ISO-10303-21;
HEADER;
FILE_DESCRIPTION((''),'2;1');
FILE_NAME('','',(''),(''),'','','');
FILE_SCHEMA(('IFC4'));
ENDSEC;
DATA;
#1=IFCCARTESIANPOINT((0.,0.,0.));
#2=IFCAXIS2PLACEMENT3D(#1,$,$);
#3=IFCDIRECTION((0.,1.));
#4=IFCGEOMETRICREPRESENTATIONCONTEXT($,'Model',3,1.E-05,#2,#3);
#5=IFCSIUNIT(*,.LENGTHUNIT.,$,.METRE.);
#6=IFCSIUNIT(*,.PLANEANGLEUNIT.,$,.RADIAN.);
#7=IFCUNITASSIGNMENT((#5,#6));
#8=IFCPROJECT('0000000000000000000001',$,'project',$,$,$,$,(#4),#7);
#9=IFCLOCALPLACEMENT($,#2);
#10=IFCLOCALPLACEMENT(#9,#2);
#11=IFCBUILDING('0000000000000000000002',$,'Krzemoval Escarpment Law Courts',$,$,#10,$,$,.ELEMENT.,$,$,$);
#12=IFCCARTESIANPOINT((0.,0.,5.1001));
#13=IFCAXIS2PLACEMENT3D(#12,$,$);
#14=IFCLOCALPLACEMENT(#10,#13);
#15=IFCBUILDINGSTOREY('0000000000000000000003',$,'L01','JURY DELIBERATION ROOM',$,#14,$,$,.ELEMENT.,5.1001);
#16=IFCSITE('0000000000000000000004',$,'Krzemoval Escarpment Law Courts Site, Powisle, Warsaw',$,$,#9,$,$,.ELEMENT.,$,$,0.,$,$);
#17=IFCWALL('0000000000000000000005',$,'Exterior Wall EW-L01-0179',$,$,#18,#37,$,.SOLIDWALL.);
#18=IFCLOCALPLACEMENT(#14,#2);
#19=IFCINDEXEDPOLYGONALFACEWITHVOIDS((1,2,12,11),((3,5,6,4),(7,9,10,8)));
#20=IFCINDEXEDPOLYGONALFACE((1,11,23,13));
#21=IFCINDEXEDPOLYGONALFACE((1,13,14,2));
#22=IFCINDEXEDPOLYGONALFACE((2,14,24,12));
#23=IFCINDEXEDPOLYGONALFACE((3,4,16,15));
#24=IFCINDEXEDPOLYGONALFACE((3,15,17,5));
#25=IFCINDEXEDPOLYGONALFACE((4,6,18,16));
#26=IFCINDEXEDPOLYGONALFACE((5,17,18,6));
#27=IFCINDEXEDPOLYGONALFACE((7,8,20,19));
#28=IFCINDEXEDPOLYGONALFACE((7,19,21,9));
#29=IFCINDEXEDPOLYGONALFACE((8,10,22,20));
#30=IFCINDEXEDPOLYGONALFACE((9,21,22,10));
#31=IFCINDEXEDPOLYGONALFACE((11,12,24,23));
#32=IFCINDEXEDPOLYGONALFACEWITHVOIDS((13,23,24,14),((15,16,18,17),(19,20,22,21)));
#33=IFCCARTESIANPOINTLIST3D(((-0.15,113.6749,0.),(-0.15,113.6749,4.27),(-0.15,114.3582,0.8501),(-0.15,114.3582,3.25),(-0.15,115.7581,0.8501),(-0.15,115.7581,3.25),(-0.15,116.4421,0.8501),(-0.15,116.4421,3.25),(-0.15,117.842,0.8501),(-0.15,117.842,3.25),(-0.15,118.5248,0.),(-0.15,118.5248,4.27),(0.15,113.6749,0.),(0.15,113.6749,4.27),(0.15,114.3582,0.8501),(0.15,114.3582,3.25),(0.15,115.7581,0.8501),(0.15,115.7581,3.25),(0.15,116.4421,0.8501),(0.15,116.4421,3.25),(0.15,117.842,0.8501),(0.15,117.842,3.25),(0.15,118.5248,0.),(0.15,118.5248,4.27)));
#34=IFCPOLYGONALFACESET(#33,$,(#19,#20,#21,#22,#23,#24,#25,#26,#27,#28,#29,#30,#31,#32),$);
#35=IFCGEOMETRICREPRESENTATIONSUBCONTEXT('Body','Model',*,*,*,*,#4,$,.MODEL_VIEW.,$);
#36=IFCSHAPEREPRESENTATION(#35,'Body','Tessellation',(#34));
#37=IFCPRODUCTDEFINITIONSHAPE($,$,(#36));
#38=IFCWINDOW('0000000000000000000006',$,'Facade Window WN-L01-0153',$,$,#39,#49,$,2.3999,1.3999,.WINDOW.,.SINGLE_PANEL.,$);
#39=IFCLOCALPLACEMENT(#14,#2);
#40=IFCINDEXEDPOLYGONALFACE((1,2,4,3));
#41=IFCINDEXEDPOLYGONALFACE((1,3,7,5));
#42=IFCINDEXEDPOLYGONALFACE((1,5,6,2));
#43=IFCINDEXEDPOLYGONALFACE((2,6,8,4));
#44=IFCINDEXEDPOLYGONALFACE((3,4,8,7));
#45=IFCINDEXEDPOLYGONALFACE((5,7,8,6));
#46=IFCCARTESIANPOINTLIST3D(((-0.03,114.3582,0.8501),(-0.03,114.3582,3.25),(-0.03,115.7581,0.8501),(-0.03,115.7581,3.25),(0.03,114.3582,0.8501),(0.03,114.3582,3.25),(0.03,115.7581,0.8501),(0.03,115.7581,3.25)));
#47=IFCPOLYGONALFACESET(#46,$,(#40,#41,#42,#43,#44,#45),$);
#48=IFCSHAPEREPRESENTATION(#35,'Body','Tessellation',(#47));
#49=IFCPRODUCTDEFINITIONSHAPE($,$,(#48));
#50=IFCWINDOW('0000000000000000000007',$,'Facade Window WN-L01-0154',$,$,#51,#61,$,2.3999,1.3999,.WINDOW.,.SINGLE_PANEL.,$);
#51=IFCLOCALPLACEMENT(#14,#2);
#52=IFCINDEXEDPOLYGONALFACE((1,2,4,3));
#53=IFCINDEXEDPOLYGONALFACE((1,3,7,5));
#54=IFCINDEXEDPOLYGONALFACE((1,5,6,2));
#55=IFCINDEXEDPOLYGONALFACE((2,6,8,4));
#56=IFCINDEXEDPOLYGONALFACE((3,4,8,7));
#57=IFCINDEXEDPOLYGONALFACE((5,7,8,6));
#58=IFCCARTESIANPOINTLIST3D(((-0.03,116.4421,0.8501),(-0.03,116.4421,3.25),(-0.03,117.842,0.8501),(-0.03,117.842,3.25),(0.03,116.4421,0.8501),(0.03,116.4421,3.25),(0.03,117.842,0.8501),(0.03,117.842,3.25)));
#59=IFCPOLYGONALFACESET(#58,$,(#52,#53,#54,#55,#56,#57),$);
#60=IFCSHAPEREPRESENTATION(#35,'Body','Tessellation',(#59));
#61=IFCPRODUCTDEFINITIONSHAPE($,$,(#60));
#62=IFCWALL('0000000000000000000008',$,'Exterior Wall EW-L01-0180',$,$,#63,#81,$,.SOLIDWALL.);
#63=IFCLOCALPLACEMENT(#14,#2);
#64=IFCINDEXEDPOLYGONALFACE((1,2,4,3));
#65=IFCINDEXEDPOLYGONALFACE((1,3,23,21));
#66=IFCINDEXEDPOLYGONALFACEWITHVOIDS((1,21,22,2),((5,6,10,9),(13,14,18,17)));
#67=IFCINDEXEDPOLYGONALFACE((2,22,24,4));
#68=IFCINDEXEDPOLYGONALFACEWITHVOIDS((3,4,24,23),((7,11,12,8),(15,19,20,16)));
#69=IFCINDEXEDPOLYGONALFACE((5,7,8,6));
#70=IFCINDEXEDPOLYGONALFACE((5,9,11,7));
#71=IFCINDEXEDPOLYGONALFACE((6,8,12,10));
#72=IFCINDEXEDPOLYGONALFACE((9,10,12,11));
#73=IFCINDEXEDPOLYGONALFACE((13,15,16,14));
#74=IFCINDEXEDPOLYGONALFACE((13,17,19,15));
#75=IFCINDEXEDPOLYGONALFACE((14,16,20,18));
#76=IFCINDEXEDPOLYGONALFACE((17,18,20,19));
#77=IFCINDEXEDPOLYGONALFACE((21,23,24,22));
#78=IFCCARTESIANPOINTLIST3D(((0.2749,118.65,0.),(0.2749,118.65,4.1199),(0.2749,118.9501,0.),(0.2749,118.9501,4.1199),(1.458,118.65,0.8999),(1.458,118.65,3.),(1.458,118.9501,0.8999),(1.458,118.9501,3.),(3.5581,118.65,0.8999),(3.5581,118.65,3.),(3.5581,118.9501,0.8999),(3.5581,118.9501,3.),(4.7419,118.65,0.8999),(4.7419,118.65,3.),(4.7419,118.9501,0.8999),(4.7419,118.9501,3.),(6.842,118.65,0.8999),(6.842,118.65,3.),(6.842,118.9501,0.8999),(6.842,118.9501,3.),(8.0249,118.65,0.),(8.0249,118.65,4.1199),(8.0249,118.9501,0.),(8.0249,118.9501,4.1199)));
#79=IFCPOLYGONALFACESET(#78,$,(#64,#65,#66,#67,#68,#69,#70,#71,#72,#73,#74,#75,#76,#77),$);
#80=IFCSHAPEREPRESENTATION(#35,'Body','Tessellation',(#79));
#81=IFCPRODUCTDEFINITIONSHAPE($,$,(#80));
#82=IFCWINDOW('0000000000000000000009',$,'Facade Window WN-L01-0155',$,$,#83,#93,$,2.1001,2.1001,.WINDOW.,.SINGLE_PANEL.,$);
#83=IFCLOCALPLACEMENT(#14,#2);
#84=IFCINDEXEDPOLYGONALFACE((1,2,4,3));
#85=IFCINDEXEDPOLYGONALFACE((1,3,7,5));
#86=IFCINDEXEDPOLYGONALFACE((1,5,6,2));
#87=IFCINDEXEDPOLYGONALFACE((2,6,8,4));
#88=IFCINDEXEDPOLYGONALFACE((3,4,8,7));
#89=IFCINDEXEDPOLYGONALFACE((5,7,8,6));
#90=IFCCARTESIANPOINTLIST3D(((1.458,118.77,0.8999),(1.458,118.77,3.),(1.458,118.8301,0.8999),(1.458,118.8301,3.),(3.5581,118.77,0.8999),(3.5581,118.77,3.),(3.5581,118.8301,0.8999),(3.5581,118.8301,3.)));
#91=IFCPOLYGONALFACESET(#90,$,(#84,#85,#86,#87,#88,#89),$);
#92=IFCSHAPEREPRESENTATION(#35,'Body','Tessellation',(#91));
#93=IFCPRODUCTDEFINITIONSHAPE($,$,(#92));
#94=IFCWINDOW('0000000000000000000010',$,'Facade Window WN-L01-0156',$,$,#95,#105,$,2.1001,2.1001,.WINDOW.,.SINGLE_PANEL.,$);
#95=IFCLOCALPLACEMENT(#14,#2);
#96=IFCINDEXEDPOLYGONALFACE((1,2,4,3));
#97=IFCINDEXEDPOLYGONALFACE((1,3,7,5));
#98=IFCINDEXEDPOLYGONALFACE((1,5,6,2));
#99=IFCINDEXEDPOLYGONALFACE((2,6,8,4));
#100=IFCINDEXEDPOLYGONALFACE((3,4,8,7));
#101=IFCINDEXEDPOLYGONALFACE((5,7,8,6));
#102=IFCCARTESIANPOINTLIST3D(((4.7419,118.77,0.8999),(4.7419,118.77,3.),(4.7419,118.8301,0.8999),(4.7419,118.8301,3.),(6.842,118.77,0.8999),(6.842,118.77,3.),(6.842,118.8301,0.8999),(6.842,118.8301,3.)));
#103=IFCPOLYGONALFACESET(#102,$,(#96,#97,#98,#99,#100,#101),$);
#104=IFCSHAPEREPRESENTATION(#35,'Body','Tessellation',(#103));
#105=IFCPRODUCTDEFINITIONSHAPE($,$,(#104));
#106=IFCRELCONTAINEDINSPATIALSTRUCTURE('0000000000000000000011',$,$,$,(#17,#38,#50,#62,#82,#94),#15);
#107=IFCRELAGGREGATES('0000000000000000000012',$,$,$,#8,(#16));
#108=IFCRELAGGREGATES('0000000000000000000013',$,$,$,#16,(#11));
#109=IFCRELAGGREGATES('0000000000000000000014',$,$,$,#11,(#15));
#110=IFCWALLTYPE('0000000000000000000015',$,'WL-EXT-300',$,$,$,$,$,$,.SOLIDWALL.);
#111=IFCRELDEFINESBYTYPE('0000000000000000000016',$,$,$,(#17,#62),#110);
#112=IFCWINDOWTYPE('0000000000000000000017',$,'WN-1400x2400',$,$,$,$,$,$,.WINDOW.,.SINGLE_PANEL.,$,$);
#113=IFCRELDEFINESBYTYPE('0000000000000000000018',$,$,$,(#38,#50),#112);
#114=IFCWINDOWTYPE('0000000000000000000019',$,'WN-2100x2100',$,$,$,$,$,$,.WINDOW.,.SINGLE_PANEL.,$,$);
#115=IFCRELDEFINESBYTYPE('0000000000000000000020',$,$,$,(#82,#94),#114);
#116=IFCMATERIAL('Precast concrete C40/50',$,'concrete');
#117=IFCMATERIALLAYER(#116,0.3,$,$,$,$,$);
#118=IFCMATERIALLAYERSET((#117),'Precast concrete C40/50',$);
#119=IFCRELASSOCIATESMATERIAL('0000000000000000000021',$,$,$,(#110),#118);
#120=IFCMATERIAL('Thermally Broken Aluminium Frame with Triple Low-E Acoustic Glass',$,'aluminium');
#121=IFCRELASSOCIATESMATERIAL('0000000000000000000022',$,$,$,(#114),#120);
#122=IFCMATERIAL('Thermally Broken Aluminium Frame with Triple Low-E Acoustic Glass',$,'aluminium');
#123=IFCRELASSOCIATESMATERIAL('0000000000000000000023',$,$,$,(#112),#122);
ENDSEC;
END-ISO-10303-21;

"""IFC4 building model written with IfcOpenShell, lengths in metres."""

from ifc_helpers import new_model, si_unit, direction, frame, frame_2d, origin, place, context, subcontext, project, spatial, rectangle, extrude, material, layer, layer_set, type_object, element, fill, save


model = new_model("IFC4")

# Units and contexts
model_context = context("Model", 3, precision=1e-05, world=origin(), true_north=direction((0.0, 1.0)))
body_context = subcontext(model_context, "Body", "Model", "MODEL_VIEW")
ifc_project = project(units=[si_unit("LENGTHUNIT", "METRE"), si_unit("PLANEANGLEUNIT", "RADIAN")], contexts=[model_context])

# Site, building, storey
site_placement = place(None, origin())
site = spatial("IfcSite", under=ifc_project, at=site_placement, Name="Krzemoval Escarpment Law Courts Site, Powisle, Warsaw", CompositionType="ELEMENT", RefElevation=0.0)
building_placement = place(site_placement, origin())
building = spatial("IfcBuilding", under=site, at=building_placement, Name="Krzemoval Escarpment Law Courts", CompositionType="ELEMENT")
storey_placement = place(building_placement, frame((0.0, 0.0, 5.1001)))
storey = spatial("IfcBuildingStorey", under=building, at=storey_placement, Name="L01", Description="JURY DELIBERATION ROOM", CompositionType="ELEMENT", Elevation=5.1001)

# Walls, openings, windows
ifc_material_1 = material(Name="Precast concrete C40/50", Category="concrete")
ifc_layer = layer(ifc_material_1, 0.3)
ifc_layer_set = layer_set([ifc_layer], Name="Precast concrete C40/50")
wall_type = type_object("IfcWallType", Name="WL-EXT-300", PredefinedType="SOLIDWALL", material=ifc_layer_set)
ifc_material_2 = material(Name="Thermally Broken Aluminium Frame with Triple Low-E Acoustic Glass", Category="aluminium")
window_type_1 = type_object("IfcWindowType", Name="WN-2100x2100", PartitioningType="SINGLE_PANEL", PredefinedType="WINDOW", material=ifc_material_2)
ifc_material_3 = material(Name="Thermally Broken Aluminium Frame with Triple Low-E Acoustic Glass", Category="aluminium")
window_type_2 = type_object("IfcWindowType", Name="WN-1400x2400", PartitioningType="SINGLE_PANEL", PredefinedType="WINDOW", material=ifc_material_3)
wall_1_placement = place(storey_placement, frame((0.0, 113.675, 0.0), z_axis=(0.0, 0.0, 1.0), x_axis=(0.0, 1.0, 0.0)))
wall_1 = element("IfcWall", 1, at=wall_1_placement, inside=storey, type_object=wall_type, Name="Exterior Wall EW-L01-0179", PredefinedType="SOLIDWALL", context=body_context, shape_type="SweptSolid", body=[
    extrude(rectangle(XDim=4.8499, YDim=0.3, at=frame_2d((2.4248, 0.0))), origin(), (0.0, 0.0, 1.0), 4.27),
])
opening_1_placement = place(wall_1_placement, frame((0.6831, 0.0, 0.8501)))
opening_1 = element("IfcOpeningElement", 2, at=opening_1_placement, cuts=wall_1, PredefinedType="OPENING", context=body_context, shape_type="SweptSolid", body=[
    extrude(rectangle(XDim=1.3999, YDim=2.3999, at=frame_2d((0.7, 1.2))), frame((0.0, 0.165, 0.0), z_axis=(0.0, -1.0, 0.0), x_axis=(1.0, 0.0, 0.0)), (0.0, 0.0, 1.0), 0.3301),
])
opening_2_placement = place(wall_1_placement, frame((2.7671, 0.0, 0.8501)))
opening_2 = element("IfcOpeningElement", 3, at=opening_2_placement, cuts=wall_1, PredefinedType="OPENING", context=body_context, shape_type="SweptSolid", body=[
    extrude(rectangle(XDim=1.3999, YDim=2.3999, at=frame_2d((0.7, 1.2))), frame((0.0, 0.165, 0.0), z_axis=(0.0, -1.0, 0.0), x_axis=(1.0, 0.0, 0.0)), (0.0, 0.0, 1.0), 0.3301),
])
window_1_placement = place(opening_1_placement, origin())
window_1 = element("IfcWindow", 4, at=window_1_placement, inside=storey, type_object=window_type_2, Name="Facade Window WN-L01-0153", OverallHeight=2.3999, OverallWidth=1.3999, PartitioningType="SINGLE_PANEL", PredefinedType="WINDOW", context=body_context, shape_type="SweptSolid", body=[
    extrude(rectangle(XDim=1.3999, YDim=2.3999, at=frame_2d((0.7, 1.2))), frame((0.0, 0.03, 0.0), z_axis=(0.0, -1.0, 0.0), x_axis=(1.0, 0.0, 0.0)), (0.0, 0.0, 1.0), 0.0601),
])
fill(opening_1, window_1)
window_2_placement = place(opening_2_placement, origin())
window_2 = element("IfcWindow", 5, at=window_2_placement, inside=storey, type_object=window_type_2, Name="Facade Window WN-L01-0154", OverallHeight=2.3999, OverallWidth=1.3999, PartitioningType="SINGLE_PANEL", PredefinedType="WINDOW", context=body_context, shape_type="SweptSolid", body=[
    extrude(rectangle(XDim=1.3999, YDim=2.3999, at=frame_2d((0.7, 1.2))), frame((0.0, 0.03, 0.0), z_axis=(0.0, -1.0, 0.0), x_axis=(1.0, 0.0, 0.0)), (0.0, 0.0, 1.0), 0.0601),
])
fill(opening_2, window_2)
wall_2_placement = place(storey_placement, frame((0.2749, 118.8, 0.0), z_axis=(0.0, 0.0, 1.0), x_axis=(1.0, 0.0, 0.0)))
wall_2 = element("IfcWall", 6, at=wall_2_placement, inside=storey, type_object=wall_type, Name="Exterior Wall EW-L01-0180", PredefinedType="SOLIDWALL", context=body_context, shape_type="SweptSolid", body=[
    extrude(rectangle(XDim=7.75, YDim=0.3, at=frame_2d((3.875, 0.0))), origin(), (0.0, 0.0, 1.0), 4.1199),
])
opening_3_placement = place(wall_2_placement, frame((1.1831, 0.0, 0.8999)))
opening_3 = element("IfcOpeningElement", 7, at=opening_3_placement, cuts=wall_2, PredefinedType="OPENING", context=body_context, shape_type="SweptSolid", body=[
    extrude(rectangle(XDim=2.1001, YDim=2.1001, at=frame_2d((1.05, 1.05))), frame((0.0, 0.165, 0.0), z_axis=(0.0, -1.0, 0.0), x_axis=(1.0, 0.0, 0.0)), (0.0, 0.0, 1.0), 0.3301),
])
opening_4_placement = place(wall_2_placement, frame((4.467, 0.0, 0.8999)))
opening_4 = element("IfcOpeningElement", 8, at=opening_4_placement, cuts=wall_2, PredefinedType="OPENING", context=body_context, shape_type="SweptSolid", body=[
    extrude(rectangle(XDim=2.1001, YDim=2.1001, at=frame_2d((1.05, 1.05))), frame((0.0, 0.165, 0.0), z_axis=(0.0, -1.0, 0.0), x_axis=(1.0, 0.0, 0.0)), (0.0, 0.0, 1.0), 0.3301),
])
window_3_placement = place(opening_3_placement, origin())
window_3 = element("IfcWindow", 9, at=window_3_placement, inside=storey, type_object=window_type_1, Name="Facade Window WN-L01-0155", OverallHeight=2.1001, OverallWidth=2.1001, PartitioningType="SINGLE_PANEL", PredefinedType="WINDOW", context=body_context, shape_type="SweptSolid", body=[
    extrude(rectangle(XDim=2.1001, YDim=2.1001, at=frame_2d((1.05, 1.05))), frame((0.0, 0.03, 0.0), z_axis=(0.0, -1.0, 0.0), x_axis=(1.0, 0.0, 0.0)), (0.0, 0.0, 1.0), 0.0601),
])
fill(opening_3, window_3)
window_4_placement = place(opening_4_placement, origin())
window_4 = element("IfcWindow", 10, at=window_4_placement, inside=storey, type_object=window_type_1, Name="Facade Window WN-L01-0156", OverallHeight=2.1001, OverallWidth=2.1001, PartitioningType="SINGLE_PANEL", PredefinedType="WINDOW", context=body_context, shape_type="SweptSolid", body=[
    extrude(rectangle(XDim=2.1001, YDim=2.1001, at=frame_2d((1.05, 1.05))), frame((0.0, 0.03, 0.0), z_axis=(0.0, -1.0, 0.0), x_axis=(1.0, 0.0, 0.0)), (0.0, 0.0, 1.0), 0.0601),
])
fill(opening_4, window_4)

save(model, "model.ifc")
